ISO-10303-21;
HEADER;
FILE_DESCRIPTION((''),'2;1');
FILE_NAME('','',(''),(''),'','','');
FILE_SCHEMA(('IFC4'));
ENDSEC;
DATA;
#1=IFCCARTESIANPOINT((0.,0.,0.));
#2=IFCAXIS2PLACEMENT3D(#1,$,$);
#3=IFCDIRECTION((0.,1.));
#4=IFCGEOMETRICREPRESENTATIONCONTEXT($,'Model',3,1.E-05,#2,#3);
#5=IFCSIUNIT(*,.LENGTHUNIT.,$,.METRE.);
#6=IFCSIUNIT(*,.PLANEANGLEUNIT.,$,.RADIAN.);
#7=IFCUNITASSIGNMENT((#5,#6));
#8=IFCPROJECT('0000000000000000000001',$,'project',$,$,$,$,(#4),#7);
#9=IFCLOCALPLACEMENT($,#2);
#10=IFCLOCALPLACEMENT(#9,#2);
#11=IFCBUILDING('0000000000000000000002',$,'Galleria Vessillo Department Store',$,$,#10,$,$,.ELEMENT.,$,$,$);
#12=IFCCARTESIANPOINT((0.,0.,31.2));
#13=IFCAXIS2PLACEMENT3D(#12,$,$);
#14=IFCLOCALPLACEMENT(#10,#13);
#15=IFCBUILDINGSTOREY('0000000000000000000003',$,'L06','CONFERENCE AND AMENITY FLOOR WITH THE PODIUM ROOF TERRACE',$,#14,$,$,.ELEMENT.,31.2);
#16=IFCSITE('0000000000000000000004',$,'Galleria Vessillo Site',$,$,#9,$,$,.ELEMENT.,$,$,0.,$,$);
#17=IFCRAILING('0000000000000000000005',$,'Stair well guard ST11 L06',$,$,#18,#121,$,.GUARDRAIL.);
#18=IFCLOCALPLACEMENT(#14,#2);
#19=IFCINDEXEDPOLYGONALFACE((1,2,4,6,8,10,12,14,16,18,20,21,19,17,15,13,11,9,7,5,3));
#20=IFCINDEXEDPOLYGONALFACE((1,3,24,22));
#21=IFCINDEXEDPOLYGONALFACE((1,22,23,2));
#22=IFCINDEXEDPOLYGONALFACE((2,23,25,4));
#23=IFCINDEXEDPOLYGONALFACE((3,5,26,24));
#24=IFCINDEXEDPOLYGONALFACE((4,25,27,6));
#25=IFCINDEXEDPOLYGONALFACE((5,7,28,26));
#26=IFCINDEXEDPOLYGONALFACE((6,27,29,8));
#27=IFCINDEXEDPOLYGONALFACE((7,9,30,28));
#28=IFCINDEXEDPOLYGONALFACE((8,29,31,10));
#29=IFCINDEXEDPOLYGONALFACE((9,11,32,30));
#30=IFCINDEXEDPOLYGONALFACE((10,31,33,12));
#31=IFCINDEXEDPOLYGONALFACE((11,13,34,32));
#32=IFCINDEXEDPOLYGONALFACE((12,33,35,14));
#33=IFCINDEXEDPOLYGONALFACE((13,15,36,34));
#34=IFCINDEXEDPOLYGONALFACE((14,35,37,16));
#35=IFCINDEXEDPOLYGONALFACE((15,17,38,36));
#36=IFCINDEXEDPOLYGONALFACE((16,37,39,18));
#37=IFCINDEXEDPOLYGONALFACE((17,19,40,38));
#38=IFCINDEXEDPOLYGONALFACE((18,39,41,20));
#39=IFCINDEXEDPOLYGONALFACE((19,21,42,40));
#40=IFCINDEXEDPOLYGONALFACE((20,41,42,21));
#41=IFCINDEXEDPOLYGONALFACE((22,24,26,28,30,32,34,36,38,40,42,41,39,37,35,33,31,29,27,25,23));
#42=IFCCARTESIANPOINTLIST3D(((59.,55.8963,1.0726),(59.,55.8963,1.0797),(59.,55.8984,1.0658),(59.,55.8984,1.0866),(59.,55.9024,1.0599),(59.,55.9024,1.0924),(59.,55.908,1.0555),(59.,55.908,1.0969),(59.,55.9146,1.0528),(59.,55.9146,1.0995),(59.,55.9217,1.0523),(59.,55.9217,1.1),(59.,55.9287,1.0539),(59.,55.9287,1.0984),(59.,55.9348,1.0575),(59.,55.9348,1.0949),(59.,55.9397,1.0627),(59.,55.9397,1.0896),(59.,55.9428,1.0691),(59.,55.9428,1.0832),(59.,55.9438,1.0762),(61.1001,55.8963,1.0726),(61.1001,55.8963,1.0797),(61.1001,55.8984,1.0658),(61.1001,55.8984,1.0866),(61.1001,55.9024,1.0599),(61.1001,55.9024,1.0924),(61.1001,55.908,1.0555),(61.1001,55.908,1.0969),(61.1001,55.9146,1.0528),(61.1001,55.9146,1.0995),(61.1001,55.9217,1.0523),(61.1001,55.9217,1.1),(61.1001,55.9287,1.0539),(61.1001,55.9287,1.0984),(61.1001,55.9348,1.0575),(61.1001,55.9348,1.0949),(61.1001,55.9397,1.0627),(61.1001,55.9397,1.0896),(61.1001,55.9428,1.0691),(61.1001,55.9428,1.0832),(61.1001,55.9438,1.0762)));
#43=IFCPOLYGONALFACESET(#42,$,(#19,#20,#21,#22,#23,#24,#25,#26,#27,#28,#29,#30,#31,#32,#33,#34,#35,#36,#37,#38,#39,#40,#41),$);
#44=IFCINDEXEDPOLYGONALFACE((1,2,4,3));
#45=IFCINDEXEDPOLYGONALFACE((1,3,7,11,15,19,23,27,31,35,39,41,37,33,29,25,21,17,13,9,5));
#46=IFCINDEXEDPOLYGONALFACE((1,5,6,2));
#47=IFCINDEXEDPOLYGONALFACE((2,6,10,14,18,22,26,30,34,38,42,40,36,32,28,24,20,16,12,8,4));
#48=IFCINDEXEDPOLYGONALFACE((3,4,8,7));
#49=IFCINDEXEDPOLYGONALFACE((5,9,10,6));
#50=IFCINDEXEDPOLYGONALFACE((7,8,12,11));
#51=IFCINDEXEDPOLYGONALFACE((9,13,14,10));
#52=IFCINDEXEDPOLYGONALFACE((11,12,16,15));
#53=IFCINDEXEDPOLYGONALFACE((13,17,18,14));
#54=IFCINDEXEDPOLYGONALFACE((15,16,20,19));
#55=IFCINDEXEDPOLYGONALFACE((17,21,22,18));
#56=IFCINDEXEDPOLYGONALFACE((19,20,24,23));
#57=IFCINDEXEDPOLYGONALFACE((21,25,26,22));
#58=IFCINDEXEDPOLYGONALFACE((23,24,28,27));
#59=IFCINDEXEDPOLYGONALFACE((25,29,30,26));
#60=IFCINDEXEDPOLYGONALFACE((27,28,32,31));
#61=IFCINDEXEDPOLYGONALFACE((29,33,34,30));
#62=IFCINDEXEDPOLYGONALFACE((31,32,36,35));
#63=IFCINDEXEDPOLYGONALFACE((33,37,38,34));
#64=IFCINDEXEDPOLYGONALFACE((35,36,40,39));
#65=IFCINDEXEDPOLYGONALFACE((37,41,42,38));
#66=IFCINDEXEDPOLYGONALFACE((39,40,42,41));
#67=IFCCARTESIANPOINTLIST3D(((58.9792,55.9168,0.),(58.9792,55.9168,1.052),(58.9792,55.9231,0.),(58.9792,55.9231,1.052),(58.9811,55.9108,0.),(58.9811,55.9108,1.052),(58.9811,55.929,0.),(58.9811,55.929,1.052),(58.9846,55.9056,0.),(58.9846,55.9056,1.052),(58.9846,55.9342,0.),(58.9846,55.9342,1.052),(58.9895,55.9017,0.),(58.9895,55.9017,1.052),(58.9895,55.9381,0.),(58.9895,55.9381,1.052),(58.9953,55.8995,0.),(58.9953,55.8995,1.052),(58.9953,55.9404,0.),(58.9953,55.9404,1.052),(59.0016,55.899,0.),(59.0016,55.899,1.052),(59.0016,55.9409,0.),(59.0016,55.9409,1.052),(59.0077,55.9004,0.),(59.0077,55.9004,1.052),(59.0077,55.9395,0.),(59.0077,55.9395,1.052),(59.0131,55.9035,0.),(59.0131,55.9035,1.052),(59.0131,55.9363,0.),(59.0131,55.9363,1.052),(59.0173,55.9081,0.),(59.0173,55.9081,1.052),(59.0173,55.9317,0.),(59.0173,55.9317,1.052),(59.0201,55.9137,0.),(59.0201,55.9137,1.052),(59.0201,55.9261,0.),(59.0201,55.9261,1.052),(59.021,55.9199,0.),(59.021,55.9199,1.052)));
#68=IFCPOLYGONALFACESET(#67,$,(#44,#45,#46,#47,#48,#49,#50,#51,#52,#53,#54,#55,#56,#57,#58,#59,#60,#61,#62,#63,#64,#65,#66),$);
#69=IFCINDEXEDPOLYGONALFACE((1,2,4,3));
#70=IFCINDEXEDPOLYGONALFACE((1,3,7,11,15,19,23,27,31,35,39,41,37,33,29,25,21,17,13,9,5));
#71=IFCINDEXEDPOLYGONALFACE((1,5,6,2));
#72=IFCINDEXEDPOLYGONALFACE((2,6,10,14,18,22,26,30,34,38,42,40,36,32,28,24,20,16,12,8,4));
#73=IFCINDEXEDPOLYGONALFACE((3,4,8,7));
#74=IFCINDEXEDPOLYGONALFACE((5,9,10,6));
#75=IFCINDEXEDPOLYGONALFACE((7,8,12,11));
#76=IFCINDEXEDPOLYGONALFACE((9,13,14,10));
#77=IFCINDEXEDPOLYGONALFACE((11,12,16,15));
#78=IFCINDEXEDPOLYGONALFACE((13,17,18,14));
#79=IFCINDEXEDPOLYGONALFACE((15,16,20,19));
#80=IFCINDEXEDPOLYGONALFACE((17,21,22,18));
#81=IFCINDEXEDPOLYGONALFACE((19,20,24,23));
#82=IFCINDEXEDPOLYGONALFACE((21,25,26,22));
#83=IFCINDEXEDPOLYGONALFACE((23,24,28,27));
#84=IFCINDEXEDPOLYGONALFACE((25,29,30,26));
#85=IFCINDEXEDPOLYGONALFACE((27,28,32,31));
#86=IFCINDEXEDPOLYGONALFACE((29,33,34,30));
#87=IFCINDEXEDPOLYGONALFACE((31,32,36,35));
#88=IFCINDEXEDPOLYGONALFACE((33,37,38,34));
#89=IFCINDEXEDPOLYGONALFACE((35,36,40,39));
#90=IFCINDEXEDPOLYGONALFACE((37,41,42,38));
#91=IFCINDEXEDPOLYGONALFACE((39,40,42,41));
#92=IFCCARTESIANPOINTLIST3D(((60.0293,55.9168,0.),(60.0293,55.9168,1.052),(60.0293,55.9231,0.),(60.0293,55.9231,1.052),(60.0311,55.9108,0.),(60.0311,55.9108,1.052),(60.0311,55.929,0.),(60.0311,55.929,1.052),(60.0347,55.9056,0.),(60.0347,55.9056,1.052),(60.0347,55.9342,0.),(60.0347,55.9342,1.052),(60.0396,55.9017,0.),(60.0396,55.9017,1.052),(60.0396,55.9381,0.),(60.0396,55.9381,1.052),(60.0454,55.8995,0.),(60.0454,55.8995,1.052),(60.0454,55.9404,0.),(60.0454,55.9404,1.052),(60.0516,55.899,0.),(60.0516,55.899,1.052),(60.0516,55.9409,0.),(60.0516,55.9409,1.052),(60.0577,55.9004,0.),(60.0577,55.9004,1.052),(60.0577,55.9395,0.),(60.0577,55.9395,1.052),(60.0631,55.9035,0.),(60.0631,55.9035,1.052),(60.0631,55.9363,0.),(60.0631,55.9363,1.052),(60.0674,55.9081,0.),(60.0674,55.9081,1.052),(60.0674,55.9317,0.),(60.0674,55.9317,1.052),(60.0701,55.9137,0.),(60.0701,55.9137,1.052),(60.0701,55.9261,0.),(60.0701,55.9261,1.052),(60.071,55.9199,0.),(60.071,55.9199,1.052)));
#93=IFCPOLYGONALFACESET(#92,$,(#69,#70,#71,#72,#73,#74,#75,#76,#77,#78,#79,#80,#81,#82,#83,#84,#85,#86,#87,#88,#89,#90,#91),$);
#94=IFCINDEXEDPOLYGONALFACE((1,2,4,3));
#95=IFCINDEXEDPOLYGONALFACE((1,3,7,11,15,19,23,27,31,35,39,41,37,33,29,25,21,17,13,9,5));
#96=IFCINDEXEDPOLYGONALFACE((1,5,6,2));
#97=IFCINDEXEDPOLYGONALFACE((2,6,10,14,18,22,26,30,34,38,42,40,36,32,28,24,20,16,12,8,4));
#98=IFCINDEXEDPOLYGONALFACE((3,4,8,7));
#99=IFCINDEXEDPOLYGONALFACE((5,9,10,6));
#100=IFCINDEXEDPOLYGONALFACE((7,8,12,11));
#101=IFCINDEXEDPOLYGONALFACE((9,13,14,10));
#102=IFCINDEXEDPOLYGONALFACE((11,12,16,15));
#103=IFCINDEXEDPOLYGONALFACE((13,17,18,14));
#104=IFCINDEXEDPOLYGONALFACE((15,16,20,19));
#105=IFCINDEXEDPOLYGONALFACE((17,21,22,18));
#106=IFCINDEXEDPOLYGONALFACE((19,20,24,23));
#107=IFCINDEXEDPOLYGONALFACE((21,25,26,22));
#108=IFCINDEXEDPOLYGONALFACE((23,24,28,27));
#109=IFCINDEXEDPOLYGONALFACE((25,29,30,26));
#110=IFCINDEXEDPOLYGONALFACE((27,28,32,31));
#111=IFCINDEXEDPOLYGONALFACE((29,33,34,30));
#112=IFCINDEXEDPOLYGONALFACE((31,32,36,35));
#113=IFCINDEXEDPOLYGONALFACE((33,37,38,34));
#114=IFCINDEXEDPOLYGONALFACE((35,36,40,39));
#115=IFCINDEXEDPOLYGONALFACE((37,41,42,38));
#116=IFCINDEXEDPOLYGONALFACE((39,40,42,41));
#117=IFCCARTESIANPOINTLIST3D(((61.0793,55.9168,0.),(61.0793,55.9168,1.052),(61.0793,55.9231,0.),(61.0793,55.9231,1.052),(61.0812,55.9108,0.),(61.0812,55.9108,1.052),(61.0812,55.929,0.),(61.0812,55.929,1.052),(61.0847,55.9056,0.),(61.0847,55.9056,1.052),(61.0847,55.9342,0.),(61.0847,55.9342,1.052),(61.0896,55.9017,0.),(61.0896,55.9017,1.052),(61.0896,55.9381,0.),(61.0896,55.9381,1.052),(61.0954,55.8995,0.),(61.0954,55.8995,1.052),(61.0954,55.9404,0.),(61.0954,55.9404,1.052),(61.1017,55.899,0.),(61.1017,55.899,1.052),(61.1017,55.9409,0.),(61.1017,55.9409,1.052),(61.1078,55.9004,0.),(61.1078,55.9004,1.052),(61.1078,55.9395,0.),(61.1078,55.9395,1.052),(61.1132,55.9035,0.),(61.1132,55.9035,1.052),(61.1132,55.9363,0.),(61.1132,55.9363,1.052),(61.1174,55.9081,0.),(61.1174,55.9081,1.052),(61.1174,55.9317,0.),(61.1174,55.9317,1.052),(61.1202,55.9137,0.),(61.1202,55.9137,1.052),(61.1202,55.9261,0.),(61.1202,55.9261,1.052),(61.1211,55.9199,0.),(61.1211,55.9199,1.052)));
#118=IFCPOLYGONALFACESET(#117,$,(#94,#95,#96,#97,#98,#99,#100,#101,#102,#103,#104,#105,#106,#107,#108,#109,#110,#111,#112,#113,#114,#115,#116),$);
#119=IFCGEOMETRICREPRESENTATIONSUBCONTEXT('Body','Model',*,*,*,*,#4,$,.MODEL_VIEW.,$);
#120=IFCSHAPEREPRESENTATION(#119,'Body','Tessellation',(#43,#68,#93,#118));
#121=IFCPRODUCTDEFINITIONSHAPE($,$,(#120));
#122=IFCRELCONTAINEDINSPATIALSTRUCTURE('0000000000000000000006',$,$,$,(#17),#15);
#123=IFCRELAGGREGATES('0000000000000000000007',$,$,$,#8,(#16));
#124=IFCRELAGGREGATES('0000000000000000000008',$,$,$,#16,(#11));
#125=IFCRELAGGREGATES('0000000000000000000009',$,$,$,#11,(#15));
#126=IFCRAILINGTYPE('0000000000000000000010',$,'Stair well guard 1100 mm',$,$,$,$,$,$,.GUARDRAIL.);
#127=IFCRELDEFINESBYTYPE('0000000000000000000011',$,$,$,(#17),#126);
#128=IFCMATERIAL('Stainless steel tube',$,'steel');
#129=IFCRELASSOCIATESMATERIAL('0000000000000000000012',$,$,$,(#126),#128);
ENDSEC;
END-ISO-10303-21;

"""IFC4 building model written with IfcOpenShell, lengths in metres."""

from ifc_helpers import new_model, si_unit, direction, frame, origin, origin_2d, place, context, subcontext, project, spatial, circle, extrude, material, type_object, element, save


model = new_model("IFC4")

# Units and contexts
model_context = context("Model", 3, precision=1e-05, world=origin(), true_north=direction((0.0, 1.0)))
body_context = subcontext(model_context, "Body", "Model", "MODEL_VIEW")
ifc_project = project(units=[si_unit("LENGTHUNIT", "METRE"), si_unit("PLANEANGLEUNIT", "RADIAN")], contexts=[model_context])

# Site, building, storey
site_placement = place(None, origin())
site = spatial("IfcSite", under=ifc_project, at=site_placement, Name="Galleria Vessillo Site", CompositionType="ELEMENT", RefElevation=0.0)
building_placement = place(site_placement, origin())
building = spatial("IfcBuilding", under=site, at=building_placement, Name="Galleria Vessillo Department Store", CompositionType="ELEMENT")
storey_placement = place(building_placement, frame((0.0, 0.0, 31.2)))
storey = spatial("IfcBuildingStorey", under=building, at=storey_placement, Name="L06", Description="CONFERENCE AND AMENITY FLOOR WITH THE PODIUM ROOF TERRACE", CompositionType="ELEMENT", Elevation=31.2)

# Railing
ifc_material_1 = material(Name="Stainless steel tube", Category="steel")
railing_type = type_object("IfcRailingType", Name="Stair well guard 1100 mm", PredefinedType="GUARDRAIL", material=ifc_material_1)
railing_placement = place(storey_placement, frame((59.0, 55.9199, 0.0)))
element("IfcRailing", 1, at=railing_placement, inside=storey, type_object=railing_type, Name="Stair well guard ST11 L06", PredefinedType="GUARDRAIL", context=body_context, shape_type="SweptSolid", body=[
    extrude(circle(Radius=0.0239, at=origin_2d()), frame((0.0, 0.0, 1.0762), z_axis=(1.0, 0.0, 0.0), x_axis=(0.0, 1.0, 0.0)), (0.0, 0.0, 1.0), 2.1001),
    extrude(circle(Radius=0.021, at=origin_2d()), origin(), (0.0, 0.0, 1.0), 1.052),
    extrude(circle(Radius=0.021, at=origin_2d()), frame((1.05, 0.0, 0.0)), (0.0, 0.0, 1.0), 1.052),
    extrude(circle(Radius=0.021, at=origin_2d()), frame((2.1001, 0.0, 0.0)), (0.0, 0.0, 1.0), 1.052),
])

save(model, "model.ifc")
